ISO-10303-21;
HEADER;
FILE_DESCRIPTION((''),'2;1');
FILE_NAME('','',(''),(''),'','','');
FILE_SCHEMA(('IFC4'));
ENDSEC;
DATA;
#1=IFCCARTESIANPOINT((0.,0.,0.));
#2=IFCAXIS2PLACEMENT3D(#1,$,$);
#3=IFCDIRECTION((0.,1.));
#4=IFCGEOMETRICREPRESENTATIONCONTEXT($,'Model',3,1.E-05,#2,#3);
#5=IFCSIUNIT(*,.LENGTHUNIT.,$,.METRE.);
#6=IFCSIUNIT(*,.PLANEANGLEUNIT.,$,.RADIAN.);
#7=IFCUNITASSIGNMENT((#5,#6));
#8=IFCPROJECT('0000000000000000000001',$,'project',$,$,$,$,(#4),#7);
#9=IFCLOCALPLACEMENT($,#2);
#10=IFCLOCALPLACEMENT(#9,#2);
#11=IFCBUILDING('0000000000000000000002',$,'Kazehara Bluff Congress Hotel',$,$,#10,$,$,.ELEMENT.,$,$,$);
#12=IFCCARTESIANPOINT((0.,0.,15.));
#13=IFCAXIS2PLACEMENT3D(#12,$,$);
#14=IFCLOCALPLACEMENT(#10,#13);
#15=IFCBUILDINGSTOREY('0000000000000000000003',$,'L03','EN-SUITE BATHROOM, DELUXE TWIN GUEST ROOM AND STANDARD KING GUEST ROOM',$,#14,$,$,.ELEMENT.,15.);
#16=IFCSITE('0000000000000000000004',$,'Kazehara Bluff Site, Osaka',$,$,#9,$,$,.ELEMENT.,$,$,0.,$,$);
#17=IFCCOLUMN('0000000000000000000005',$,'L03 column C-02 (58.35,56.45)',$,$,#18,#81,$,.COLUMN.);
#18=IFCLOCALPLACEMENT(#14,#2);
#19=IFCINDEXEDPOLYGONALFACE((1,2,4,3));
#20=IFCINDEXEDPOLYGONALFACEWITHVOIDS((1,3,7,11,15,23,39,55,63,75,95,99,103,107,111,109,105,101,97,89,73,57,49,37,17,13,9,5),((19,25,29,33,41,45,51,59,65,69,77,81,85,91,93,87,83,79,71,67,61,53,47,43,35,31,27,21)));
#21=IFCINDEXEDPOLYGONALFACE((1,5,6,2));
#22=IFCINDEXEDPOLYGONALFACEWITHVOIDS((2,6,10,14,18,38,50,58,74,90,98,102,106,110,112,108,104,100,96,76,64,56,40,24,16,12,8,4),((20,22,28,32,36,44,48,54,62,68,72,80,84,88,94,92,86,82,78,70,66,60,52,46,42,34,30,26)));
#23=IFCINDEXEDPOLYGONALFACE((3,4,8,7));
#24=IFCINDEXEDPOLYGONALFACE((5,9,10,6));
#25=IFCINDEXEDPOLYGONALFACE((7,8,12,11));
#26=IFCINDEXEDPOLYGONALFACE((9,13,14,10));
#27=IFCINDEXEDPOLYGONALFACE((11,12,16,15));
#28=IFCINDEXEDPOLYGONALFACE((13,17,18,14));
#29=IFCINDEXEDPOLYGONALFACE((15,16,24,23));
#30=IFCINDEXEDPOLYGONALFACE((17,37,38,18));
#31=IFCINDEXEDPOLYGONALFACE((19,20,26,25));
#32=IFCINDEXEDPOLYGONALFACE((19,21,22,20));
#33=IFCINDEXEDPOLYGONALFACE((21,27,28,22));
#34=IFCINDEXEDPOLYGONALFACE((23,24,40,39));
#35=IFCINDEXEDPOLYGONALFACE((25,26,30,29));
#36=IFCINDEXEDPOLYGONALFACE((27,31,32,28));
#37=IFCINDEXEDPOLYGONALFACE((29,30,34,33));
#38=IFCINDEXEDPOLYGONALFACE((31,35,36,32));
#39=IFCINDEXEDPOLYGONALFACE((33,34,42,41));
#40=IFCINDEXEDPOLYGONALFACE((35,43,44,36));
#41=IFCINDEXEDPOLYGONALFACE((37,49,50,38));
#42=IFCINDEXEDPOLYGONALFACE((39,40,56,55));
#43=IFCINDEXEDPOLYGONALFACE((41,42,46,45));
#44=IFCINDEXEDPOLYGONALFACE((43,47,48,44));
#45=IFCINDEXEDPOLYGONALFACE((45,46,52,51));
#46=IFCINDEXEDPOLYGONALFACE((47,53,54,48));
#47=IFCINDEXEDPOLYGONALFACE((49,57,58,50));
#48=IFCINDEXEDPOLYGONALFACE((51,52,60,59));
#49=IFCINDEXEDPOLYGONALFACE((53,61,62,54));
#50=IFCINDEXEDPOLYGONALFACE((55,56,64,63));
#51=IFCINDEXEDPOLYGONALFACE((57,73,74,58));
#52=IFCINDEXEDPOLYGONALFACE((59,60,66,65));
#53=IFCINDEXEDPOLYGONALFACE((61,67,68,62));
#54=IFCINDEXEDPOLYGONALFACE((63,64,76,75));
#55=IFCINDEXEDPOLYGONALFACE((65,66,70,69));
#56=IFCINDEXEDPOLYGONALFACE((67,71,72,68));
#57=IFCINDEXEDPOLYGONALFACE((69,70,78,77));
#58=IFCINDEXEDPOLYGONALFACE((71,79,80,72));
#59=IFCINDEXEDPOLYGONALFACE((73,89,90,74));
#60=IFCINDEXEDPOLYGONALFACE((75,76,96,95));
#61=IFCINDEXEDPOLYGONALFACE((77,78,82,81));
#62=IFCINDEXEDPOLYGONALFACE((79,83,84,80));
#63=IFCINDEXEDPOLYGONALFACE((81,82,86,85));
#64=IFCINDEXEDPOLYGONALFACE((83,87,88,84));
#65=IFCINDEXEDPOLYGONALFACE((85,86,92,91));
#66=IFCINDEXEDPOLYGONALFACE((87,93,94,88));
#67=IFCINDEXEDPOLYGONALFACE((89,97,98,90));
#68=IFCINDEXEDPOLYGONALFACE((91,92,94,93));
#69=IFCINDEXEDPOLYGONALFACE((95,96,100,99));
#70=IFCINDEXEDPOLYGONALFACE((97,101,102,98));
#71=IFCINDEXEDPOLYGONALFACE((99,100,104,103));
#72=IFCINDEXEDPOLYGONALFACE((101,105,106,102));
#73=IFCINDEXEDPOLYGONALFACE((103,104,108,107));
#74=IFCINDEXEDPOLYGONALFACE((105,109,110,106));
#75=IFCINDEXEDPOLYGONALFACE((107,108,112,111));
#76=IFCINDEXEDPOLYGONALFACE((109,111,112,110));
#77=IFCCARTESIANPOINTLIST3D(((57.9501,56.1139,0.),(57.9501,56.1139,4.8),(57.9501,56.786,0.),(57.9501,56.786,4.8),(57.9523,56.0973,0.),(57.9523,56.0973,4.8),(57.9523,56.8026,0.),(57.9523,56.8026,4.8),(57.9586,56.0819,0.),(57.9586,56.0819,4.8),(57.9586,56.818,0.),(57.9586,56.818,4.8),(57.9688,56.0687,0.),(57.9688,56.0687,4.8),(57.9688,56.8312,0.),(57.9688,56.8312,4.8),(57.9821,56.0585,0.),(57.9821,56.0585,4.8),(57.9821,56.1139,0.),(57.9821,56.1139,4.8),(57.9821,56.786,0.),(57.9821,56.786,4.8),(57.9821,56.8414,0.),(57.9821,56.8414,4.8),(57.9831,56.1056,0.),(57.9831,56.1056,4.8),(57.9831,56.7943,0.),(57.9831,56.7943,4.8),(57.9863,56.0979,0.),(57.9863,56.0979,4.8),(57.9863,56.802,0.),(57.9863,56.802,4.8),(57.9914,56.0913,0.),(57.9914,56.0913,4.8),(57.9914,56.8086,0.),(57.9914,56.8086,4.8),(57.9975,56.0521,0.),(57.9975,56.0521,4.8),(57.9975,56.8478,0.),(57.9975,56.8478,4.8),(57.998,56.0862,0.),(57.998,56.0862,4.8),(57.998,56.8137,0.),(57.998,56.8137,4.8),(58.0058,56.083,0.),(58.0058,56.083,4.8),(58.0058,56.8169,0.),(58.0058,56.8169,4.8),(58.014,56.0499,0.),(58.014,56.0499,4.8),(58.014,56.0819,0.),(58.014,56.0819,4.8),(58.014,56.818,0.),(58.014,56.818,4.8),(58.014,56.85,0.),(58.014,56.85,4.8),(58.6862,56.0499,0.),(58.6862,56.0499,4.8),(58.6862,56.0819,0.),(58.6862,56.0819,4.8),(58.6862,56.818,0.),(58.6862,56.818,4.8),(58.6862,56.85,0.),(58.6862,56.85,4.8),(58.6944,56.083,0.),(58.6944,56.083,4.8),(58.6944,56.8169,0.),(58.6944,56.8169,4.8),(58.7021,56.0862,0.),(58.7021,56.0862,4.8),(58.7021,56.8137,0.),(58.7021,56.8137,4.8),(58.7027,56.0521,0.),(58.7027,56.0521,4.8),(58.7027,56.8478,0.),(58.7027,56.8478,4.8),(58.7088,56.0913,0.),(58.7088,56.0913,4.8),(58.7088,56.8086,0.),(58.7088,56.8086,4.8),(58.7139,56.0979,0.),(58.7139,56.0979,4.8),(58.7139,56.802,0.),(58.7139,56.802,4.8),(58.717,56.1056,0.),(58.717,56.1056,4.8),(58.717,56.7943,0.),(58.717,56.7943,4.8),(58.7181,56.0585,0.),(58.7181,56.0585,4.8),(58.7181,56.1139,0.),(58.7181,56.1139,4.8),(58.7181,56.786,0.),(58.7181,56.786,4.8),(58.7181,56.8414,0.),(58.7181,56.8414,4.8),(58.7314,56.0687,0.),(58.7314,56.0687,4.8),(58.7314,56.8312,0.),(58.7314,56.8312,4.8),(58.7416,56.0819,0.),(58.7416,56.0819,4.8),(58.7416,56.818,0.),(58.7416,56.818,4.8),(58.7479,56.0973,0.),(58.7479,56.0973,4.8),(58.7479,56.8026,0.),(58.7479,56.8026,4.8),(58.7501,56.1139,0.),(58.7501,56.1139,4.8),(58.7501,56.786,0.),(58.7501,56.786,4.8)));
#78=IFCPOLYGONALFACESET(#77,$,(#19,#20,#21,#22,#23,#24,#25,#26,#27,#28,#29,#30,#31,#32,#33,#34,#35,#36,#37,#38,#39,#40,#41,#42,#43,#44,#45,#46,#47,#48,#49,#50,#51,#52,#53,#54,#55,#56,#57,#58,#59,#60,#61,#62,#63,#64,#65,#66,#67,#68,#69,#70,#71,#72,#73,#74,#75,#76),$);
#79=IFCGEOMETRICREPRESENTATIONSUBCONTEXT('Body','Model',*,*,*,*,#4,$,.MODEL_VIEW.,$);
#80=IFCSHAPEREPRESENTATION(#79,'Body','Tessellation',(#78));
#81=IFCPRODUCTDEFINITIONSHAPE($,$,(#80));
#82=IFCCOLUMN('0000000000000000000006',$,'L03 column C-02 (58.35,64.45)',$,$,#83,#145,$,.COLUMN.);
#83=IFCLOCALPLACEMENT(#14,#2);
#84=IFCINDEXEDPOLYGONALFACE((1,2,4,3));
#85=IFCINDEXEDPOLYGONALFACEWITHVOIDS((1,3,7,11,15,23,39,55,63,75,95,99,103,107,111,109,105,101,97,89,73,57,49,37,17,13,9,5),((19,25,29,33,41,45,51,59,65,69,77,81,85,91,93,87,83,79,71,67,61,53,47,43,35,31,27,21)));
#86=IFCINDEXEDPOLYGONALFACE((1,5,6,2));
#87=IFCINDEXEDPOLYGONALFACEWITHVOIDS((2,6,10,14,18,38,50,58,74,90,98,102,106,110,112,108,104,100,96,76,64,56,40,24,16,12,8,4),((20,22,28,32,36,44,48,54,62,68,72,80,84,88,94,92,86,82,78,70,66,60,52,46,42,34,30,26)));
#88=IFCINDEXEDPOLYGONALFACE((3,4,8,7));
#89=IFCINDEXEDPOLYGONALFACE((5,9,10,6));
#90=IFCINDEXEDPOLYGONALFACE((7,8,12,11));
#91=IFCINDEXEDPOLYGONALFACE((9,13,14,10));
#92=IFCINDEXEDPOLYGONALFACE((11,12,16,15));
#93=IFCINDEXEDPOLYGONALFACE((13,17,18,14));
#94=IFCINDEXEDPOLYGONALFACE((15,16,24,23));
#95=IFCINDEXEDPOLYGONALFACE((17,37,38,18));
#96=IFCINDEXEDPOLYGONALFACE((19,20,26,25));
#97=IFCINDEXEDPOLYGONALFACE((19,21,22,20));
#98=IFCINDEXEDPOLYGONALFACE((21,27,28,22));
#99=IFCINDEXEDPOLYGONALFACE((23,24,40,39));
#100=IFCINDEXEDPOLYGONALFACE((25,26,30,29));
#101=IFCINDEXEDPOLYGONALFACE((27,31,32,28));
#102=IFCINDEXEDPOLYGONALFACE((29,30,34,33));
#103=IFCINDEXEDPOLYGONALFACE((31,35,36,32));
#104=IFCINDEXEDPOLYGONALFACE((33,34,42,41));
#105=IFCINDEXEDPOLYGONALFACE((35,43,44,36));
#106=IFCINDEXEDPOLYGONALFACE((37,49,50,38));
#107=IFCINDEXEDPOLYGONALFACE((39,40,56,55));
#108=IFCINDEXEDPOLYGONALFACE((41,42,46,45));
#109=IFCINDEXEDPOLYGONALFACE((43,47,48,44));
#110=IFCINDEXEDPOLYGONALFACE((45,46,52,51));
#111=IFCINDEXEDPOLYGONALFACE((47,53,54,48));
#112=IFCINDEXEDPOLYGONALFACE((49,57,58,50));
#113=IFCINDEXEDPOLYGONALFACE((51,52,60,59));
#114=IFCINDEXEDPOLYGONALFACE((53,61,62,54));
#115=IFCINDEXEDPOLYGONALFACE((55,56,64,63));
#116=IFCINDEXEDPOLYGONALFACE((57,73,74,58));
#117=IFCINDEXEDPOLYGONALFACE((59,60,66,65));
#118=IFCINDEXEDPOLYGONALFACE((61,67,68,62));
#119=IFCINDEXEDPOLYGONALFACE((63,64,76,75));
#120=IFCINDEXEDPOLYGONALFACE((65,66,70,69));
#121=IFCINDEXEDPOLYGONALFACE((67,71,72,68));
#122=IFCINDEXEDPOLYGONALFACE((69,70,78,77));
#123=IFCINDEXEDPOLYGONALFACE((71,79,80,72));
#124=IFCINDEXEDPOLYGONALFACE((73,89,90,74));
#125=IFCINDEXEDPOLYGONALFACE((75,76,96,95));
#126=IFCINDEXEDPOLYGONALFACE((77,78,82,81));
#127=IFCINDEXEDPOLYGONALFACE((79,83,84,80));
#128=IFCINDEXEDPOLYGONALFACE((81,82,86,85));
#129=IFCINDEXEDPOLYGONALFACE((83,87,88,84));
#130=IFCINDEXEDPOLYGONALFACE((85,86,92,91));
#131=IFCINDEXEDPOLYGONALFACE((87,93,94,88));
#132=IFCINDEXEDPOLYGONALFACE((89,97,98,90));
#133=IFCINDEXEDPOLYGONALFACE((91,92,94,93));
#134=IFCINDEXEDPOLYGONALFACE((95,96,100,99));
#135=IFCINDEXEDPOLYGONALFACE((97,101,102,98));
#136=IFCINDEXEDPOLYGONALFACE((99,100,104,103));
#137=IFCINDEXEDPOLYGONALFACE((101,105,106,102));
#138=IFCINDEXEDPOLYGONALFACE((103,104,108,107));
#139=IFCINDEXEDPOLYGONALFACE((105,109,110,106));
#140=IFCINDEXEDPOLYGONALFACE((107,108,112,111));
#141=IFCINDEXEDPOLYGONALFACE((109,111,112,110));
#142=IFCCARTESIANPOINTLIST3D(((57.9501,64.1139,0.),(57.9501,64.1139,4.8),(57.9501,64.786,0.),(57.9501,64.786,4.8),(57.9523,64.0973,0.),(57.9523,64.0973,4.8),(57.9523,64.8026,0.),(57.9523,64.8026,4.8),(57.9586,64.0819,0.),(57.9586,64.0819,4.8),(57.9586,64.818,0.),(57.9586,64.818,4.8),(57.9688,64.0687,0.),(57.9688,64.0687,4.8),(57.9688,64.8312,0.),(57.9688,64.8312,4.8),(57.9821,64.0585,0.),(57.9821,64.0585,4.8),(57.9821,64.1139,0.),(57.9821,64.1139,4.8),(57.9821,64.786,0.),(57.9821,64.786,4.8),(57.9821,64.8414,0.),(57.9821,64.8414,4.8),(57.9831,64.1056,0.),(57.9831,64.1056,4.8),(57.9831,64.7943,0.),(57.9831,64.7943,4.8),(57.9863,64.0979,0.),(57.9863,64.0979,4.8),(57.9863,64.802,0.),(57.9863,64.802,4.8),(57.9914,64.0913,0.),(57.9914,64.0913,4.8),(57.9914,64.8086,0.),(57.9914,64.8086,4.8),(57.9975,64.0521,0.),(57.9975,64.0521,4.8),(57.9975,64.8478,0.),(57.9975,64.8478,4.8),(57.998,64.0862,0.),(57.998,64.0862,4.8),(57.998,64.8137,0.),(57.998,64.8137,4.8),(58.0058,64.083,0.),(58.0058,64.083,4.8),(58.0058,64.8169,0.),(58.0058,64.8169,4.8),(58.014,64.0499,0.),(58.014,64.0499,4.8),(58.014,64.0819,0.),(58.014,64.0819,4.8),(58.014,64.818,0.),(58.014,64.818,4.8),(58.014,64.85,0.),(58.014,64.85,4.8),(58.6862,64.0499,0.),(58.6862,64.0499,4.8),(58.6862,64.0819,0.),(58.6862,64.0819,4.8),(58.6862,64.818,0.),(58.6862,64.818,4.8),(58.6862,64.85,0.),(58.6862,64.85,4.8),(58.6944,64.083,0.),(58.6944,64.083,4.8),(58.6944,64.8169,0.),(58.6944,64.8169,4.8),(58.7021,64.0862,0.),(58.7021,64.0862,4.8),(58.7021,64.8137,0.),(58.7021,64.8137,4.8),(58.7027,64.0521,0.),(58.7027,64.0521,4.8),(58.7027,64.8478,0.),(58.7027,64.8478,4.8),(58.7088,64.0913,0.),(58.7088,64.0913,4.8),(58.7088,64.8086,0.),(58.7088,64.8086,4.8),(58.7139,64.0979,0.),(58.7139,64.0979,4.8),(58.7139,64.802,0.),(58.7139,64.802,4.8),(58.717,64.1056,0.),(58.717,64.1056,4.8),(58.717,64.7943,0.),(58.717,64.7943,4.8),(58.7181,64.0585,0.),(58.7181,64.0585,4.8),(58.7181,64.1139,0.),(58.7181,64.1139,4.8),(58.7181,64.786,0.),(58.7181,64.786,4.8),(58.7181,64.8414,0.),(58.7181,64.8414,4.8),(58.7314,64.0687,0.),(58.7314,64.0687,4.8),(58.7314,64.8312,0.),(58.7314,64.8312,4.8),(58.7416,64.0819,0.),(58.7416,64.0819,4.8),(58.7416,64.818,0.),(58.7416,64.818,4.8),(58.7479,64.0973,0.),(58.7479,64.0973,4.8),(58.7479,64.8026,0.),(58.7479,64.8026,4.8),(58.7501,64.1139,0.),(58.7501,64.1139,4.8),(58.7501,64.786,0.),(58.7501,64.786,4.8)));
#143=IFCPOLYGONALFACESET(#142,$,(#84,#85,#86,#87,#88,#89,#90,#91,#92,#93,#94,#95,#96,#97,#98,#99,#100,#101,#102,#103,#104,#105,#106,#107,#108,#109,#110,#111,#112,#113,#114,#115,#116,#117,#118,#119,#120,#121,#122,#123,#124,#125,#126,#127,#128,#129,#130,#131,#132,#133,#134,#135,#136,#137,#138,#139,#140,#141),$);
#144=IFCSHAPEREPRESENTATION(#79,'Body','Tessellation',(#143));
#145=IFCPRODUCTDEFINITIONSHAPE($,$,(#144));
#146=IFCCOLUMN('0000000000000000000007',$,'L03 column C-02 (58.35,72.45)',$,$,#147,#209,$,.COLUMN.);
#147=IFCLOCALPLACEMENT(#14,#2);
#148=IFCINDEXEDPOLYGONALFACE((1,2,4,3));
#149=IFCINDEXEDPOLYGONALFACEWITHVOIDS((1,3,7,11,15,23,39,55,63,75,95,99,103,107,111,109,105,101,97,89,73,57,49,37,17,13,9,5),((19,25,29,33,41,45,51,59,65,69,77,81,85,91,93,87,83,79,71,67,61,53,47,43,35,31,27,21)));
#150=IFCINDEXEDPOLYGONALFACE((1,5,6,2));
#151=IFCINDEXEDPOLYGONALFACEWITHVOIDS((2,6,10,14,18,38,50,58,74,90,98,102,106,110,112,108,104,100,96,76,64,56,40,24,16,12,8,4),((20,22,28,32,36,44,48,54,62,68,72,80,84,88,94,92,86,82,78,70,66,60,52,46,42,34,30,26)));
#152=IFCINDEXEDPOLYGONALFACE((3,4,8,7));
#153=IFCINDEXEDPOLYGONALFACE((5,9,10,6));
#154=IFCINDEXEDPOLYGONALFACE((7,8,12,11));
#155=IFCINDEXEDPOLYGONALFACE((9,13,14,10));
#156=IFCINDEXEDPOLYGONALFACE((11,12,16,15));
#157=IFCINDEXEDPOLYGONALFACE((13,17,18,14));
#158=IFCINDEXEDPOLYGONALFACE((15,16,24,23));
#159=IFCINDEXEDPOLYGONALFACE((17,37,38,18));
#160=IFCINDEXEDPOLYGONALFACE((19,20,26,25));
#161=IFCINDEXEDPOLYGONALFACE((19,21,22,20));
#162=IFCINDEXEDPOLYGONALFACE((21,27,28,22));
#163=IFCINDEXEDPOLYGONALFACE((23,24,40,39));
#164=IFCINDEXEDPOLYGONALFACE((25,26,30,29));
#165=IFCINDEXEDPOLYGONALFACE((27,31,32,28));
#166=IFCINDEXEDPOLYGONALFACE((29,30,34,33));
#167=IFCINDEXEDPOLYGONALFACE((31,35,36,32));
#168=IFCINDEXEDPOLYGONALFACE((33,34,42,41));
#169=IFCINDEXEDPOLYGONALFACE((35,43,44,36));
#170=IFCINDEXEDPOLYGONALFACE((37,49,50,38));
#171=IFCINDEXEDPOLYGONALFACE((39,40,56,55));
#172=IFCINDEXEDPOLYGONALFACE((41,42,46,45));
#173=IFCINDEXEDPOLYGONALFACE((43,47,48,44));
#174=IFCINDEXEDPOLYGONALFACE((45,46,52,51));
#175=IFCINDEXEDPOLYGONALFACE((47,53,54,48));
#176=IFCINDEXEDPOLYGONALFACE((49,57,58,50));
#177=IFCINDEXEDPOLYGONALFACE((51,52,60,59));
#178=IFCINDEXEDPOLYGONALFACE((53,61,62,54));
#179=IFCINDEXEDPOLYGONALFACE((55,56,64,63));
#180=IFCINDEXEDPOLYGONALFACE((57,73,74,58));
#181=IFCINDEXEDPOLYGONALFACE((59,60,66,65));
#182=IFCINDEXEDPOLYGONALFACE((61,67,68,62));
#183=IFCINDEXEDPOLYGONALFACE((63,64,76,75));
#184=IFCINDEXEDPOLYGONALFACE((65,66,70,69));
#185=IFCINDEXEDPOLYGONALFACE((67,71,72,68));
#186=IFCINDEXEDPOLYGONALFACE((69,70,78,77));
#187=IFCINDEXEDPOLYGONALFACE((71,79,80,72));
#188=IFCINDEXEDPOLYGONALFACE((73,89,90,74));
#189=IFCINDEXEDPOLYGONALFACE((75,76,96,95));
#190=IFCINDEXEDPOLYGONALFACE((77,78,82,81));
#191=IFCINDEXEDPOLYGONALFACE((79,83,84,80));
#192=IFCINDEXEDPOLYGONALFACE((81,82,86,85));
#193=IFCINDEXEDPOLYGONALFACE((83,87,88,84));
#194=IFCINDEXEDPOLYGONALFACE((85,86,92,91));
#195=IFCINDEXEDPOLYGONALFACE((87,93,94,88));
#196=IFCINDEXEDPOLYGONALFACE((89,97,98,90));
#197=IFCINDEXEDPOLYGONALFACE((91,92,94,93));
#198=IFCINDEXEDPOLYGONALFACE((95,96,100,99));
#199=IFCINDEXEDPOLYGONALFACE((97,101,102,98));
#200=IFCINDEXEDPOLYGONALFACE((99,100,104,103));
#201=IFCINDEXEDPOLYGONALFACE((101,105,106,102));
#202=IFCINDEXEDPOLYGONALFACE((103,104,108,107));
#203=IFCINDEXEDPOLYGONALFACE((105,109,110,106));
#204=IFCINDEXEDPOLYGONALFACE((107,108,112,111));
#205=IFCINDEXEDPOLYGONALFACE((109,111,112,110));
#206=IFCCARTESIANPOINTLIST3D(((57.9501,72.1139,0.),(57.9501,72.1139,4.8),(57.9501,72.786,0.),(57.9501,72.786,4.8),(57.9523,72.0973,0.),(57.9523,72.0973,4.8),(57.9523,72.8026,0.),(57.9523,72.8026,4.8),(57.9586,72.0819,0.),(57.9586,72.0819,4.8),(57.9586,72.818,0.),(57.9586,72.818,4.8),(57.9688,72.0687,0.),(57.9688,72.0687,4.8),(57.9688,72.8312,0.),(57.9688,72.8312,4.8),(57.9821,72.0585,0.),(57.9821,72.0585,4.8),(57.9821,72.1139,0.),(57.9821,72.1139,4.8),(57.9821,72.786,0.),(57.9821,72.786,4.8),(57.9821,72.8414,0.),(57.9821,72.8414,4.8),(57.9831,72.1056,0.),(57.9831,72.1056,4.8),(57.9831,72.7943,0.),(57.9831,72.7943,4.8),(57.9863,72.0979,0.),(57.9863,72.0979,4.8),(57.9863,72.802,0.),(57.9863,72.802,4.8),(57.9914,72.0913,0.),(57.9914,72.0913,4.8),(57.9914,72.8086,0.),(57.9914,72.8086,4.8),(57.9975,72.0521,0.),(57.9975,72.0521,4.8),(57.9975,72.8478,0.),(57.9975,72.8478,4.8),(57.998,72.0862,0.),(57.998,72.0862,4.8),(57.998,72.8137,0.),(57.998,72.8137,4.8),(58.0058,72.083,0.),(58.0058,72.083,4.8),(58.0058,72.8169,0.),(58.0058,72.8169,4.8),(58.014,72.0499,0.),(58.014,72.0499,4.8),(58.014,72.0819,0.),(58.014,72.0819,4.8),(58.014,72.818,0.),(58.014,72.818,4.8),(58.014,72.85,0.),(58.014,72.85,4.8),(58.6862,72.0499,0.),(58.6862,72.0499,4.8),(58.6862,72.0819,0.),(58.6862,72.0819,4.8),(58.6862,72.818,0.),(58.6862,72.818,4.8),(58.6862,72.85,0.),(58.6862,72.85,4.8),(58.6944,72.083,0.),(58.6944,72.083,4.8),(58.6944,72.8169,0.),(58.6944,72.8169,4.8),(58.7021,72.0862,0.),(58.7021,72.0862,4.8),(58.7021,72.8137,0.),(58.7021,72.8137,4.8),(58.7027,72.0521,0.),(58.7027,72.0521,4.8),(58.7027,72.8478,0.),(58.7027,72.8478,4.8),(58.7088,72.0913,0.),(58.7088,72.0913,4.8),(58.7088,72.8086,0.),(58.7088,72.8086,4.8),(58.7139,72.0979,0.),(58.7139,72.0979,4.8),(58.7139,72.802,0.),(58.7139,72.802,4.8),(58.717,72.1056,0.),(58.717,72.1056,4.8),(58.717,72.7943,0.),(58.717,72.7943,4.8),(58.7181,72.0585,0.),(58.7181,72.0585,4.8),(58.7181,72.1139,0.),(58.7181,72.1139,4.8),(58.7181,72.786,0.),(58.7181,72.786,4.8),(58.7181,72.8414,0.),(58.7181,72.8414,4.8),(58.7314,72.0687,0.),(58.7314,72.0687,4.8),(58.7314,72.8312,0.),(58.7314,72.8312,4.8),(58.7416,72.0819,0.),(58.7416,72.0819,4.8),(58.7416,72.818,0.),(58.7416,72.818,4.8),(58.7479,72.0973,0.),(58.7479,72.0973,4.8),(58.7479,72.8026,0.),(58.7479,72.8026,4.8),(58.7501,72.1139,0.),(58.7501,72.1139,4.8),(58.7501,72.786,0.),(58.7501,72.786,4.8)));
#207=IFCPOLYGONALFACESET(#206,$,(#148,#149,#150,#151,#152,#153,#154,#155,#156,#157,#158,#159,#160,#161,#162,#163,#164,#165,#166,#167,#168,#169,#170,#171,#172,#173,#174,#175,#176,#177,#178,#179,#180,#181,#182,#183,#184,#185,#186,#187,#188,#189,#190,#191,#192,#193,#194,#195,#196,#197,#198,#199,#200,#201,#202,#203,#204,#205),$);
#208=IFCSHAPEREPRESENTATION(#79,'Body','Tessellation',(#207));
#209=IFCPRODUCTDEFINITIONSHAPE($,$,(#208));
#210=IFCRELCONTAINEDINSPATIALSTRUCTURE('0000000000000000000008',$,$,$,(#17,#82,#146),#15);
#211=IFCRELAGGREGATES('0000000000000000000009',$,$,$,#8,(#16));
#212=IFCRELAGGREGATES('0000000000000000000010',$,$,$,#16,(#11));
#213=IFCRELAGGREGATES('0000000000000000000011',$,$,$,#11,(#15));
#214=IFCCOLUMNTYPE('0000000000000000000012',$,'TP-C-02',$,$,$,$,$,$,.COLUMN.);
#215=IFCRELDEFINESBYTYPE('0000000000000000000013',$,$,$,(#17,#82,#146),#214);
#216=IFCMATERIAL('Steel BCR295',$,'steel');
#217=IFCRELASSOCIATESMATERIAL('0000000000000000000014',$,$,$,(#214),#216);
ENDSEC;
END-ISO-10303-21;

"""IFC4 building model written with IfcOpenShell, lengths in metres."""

from ifc_helpers import new_model, si_unit, direction, frame, origin, origin_2d, place, context, subcontext, project, spatial, hollow_rectangle, extrude, material, material_profile, profile_set, type_object, element, save


model = new_model("IFC4")

# Units and contexts
model_context = context("Model", 3, precision=1e-05, world=origin(), true_north=direction((0.0, 1.0)))
body_context = subcontext(model_context, "Body", "Model", "MODEL_VIEW")
ifc_project = project(units=[si_unit("LENGTHUNIT", "METRE"), si_unit("PLANEANGLEUNIT", "RADIAN")], contexts=[model_context])

# Site, building, storey
site_placement = place(None, origin())
site = spatial("IfcSite", under=ifc_project, at=site_placement, Name="Kazehara Bluff Site, Osaka", CompositionType="ELEMENT", RefElevation=0.0)
building_placement = place(site_placement, origin())
building = spatial("IfcBuilding", under=site, at=building_placement, Name="Kazehara Bluff Congress Hotel", CompositionType="ELEMENT")
storey_placement = place(building_placement, frame((0.0, 0.0, 15.0)))
storey = spatial("IfcBuildingStorey", under=building, at=storey_placement, Name="L03", Description="EN-SUITE BATHROOM, DELUXE TWIN GUEST ROOM AND STANDARD KING GUEST ROOM", CompositionType="ELEMENT", Elevation=15.0)

# Columns
ifc_material_1 = material(Name="Steel BCR295", Category="steel")
ifc_material_profile_1 = material_profile(ifc_material_1, hollow_rectangle(XDim=0.8, YDim=0.8, WallThickness=0.032, InnerFilletRadius=0.032, OuterFilletRadius=0.064, at=origin_2d()))
ifc_profile_set_1 = profile_set([ifc_material_profile_1], Name="Steel BCR295")
column_type = type_object("IfcColumnType", Name="TP-C-02", PredefinedType="COLUMN", material=ifc_profile_set_1)
for number, where, z_axis, x_axis, name in (
    (1, (58.3501, 56.45, 0.0), (0.0, 0.0, 1.0), (1.0, 0.0, 0.0), "L03 column C-02 (58.35,56.45)"),
    (2, (58.3501, 64.45, 0.0), (0.0, 0.0, 1.0), (1.0, 0.0, 0.0), "L03 column C-02 (58.35,64.45)"),
    (3, (58.3501, 72.45, 0.0), (0.0, 0.0, 1.0), (1.0, 0.0, 0.0), "L03 column C-02 (58.35,72.45)"),
):
    element("IfcColumn", number, at=place(storey_placement, frame(where, z_axis=z_axis, x_axis=x_axis)), inside=storey, type_object=column_type, Name=name, PredefinedType="COLUMN", context=body_context, shape_type="SweptSolid", body=[
        extrude(hollow_rectangle(XDim=0.8, YDim=0.8, WallThickness=0.032, InnerFilletRadius=0.032, OuterFilletRadius=0.064, at=origin_2d()), origin(), (0.0, 0.0, 1.0), 4.8),
    ])

save(model, "model.ifc")
